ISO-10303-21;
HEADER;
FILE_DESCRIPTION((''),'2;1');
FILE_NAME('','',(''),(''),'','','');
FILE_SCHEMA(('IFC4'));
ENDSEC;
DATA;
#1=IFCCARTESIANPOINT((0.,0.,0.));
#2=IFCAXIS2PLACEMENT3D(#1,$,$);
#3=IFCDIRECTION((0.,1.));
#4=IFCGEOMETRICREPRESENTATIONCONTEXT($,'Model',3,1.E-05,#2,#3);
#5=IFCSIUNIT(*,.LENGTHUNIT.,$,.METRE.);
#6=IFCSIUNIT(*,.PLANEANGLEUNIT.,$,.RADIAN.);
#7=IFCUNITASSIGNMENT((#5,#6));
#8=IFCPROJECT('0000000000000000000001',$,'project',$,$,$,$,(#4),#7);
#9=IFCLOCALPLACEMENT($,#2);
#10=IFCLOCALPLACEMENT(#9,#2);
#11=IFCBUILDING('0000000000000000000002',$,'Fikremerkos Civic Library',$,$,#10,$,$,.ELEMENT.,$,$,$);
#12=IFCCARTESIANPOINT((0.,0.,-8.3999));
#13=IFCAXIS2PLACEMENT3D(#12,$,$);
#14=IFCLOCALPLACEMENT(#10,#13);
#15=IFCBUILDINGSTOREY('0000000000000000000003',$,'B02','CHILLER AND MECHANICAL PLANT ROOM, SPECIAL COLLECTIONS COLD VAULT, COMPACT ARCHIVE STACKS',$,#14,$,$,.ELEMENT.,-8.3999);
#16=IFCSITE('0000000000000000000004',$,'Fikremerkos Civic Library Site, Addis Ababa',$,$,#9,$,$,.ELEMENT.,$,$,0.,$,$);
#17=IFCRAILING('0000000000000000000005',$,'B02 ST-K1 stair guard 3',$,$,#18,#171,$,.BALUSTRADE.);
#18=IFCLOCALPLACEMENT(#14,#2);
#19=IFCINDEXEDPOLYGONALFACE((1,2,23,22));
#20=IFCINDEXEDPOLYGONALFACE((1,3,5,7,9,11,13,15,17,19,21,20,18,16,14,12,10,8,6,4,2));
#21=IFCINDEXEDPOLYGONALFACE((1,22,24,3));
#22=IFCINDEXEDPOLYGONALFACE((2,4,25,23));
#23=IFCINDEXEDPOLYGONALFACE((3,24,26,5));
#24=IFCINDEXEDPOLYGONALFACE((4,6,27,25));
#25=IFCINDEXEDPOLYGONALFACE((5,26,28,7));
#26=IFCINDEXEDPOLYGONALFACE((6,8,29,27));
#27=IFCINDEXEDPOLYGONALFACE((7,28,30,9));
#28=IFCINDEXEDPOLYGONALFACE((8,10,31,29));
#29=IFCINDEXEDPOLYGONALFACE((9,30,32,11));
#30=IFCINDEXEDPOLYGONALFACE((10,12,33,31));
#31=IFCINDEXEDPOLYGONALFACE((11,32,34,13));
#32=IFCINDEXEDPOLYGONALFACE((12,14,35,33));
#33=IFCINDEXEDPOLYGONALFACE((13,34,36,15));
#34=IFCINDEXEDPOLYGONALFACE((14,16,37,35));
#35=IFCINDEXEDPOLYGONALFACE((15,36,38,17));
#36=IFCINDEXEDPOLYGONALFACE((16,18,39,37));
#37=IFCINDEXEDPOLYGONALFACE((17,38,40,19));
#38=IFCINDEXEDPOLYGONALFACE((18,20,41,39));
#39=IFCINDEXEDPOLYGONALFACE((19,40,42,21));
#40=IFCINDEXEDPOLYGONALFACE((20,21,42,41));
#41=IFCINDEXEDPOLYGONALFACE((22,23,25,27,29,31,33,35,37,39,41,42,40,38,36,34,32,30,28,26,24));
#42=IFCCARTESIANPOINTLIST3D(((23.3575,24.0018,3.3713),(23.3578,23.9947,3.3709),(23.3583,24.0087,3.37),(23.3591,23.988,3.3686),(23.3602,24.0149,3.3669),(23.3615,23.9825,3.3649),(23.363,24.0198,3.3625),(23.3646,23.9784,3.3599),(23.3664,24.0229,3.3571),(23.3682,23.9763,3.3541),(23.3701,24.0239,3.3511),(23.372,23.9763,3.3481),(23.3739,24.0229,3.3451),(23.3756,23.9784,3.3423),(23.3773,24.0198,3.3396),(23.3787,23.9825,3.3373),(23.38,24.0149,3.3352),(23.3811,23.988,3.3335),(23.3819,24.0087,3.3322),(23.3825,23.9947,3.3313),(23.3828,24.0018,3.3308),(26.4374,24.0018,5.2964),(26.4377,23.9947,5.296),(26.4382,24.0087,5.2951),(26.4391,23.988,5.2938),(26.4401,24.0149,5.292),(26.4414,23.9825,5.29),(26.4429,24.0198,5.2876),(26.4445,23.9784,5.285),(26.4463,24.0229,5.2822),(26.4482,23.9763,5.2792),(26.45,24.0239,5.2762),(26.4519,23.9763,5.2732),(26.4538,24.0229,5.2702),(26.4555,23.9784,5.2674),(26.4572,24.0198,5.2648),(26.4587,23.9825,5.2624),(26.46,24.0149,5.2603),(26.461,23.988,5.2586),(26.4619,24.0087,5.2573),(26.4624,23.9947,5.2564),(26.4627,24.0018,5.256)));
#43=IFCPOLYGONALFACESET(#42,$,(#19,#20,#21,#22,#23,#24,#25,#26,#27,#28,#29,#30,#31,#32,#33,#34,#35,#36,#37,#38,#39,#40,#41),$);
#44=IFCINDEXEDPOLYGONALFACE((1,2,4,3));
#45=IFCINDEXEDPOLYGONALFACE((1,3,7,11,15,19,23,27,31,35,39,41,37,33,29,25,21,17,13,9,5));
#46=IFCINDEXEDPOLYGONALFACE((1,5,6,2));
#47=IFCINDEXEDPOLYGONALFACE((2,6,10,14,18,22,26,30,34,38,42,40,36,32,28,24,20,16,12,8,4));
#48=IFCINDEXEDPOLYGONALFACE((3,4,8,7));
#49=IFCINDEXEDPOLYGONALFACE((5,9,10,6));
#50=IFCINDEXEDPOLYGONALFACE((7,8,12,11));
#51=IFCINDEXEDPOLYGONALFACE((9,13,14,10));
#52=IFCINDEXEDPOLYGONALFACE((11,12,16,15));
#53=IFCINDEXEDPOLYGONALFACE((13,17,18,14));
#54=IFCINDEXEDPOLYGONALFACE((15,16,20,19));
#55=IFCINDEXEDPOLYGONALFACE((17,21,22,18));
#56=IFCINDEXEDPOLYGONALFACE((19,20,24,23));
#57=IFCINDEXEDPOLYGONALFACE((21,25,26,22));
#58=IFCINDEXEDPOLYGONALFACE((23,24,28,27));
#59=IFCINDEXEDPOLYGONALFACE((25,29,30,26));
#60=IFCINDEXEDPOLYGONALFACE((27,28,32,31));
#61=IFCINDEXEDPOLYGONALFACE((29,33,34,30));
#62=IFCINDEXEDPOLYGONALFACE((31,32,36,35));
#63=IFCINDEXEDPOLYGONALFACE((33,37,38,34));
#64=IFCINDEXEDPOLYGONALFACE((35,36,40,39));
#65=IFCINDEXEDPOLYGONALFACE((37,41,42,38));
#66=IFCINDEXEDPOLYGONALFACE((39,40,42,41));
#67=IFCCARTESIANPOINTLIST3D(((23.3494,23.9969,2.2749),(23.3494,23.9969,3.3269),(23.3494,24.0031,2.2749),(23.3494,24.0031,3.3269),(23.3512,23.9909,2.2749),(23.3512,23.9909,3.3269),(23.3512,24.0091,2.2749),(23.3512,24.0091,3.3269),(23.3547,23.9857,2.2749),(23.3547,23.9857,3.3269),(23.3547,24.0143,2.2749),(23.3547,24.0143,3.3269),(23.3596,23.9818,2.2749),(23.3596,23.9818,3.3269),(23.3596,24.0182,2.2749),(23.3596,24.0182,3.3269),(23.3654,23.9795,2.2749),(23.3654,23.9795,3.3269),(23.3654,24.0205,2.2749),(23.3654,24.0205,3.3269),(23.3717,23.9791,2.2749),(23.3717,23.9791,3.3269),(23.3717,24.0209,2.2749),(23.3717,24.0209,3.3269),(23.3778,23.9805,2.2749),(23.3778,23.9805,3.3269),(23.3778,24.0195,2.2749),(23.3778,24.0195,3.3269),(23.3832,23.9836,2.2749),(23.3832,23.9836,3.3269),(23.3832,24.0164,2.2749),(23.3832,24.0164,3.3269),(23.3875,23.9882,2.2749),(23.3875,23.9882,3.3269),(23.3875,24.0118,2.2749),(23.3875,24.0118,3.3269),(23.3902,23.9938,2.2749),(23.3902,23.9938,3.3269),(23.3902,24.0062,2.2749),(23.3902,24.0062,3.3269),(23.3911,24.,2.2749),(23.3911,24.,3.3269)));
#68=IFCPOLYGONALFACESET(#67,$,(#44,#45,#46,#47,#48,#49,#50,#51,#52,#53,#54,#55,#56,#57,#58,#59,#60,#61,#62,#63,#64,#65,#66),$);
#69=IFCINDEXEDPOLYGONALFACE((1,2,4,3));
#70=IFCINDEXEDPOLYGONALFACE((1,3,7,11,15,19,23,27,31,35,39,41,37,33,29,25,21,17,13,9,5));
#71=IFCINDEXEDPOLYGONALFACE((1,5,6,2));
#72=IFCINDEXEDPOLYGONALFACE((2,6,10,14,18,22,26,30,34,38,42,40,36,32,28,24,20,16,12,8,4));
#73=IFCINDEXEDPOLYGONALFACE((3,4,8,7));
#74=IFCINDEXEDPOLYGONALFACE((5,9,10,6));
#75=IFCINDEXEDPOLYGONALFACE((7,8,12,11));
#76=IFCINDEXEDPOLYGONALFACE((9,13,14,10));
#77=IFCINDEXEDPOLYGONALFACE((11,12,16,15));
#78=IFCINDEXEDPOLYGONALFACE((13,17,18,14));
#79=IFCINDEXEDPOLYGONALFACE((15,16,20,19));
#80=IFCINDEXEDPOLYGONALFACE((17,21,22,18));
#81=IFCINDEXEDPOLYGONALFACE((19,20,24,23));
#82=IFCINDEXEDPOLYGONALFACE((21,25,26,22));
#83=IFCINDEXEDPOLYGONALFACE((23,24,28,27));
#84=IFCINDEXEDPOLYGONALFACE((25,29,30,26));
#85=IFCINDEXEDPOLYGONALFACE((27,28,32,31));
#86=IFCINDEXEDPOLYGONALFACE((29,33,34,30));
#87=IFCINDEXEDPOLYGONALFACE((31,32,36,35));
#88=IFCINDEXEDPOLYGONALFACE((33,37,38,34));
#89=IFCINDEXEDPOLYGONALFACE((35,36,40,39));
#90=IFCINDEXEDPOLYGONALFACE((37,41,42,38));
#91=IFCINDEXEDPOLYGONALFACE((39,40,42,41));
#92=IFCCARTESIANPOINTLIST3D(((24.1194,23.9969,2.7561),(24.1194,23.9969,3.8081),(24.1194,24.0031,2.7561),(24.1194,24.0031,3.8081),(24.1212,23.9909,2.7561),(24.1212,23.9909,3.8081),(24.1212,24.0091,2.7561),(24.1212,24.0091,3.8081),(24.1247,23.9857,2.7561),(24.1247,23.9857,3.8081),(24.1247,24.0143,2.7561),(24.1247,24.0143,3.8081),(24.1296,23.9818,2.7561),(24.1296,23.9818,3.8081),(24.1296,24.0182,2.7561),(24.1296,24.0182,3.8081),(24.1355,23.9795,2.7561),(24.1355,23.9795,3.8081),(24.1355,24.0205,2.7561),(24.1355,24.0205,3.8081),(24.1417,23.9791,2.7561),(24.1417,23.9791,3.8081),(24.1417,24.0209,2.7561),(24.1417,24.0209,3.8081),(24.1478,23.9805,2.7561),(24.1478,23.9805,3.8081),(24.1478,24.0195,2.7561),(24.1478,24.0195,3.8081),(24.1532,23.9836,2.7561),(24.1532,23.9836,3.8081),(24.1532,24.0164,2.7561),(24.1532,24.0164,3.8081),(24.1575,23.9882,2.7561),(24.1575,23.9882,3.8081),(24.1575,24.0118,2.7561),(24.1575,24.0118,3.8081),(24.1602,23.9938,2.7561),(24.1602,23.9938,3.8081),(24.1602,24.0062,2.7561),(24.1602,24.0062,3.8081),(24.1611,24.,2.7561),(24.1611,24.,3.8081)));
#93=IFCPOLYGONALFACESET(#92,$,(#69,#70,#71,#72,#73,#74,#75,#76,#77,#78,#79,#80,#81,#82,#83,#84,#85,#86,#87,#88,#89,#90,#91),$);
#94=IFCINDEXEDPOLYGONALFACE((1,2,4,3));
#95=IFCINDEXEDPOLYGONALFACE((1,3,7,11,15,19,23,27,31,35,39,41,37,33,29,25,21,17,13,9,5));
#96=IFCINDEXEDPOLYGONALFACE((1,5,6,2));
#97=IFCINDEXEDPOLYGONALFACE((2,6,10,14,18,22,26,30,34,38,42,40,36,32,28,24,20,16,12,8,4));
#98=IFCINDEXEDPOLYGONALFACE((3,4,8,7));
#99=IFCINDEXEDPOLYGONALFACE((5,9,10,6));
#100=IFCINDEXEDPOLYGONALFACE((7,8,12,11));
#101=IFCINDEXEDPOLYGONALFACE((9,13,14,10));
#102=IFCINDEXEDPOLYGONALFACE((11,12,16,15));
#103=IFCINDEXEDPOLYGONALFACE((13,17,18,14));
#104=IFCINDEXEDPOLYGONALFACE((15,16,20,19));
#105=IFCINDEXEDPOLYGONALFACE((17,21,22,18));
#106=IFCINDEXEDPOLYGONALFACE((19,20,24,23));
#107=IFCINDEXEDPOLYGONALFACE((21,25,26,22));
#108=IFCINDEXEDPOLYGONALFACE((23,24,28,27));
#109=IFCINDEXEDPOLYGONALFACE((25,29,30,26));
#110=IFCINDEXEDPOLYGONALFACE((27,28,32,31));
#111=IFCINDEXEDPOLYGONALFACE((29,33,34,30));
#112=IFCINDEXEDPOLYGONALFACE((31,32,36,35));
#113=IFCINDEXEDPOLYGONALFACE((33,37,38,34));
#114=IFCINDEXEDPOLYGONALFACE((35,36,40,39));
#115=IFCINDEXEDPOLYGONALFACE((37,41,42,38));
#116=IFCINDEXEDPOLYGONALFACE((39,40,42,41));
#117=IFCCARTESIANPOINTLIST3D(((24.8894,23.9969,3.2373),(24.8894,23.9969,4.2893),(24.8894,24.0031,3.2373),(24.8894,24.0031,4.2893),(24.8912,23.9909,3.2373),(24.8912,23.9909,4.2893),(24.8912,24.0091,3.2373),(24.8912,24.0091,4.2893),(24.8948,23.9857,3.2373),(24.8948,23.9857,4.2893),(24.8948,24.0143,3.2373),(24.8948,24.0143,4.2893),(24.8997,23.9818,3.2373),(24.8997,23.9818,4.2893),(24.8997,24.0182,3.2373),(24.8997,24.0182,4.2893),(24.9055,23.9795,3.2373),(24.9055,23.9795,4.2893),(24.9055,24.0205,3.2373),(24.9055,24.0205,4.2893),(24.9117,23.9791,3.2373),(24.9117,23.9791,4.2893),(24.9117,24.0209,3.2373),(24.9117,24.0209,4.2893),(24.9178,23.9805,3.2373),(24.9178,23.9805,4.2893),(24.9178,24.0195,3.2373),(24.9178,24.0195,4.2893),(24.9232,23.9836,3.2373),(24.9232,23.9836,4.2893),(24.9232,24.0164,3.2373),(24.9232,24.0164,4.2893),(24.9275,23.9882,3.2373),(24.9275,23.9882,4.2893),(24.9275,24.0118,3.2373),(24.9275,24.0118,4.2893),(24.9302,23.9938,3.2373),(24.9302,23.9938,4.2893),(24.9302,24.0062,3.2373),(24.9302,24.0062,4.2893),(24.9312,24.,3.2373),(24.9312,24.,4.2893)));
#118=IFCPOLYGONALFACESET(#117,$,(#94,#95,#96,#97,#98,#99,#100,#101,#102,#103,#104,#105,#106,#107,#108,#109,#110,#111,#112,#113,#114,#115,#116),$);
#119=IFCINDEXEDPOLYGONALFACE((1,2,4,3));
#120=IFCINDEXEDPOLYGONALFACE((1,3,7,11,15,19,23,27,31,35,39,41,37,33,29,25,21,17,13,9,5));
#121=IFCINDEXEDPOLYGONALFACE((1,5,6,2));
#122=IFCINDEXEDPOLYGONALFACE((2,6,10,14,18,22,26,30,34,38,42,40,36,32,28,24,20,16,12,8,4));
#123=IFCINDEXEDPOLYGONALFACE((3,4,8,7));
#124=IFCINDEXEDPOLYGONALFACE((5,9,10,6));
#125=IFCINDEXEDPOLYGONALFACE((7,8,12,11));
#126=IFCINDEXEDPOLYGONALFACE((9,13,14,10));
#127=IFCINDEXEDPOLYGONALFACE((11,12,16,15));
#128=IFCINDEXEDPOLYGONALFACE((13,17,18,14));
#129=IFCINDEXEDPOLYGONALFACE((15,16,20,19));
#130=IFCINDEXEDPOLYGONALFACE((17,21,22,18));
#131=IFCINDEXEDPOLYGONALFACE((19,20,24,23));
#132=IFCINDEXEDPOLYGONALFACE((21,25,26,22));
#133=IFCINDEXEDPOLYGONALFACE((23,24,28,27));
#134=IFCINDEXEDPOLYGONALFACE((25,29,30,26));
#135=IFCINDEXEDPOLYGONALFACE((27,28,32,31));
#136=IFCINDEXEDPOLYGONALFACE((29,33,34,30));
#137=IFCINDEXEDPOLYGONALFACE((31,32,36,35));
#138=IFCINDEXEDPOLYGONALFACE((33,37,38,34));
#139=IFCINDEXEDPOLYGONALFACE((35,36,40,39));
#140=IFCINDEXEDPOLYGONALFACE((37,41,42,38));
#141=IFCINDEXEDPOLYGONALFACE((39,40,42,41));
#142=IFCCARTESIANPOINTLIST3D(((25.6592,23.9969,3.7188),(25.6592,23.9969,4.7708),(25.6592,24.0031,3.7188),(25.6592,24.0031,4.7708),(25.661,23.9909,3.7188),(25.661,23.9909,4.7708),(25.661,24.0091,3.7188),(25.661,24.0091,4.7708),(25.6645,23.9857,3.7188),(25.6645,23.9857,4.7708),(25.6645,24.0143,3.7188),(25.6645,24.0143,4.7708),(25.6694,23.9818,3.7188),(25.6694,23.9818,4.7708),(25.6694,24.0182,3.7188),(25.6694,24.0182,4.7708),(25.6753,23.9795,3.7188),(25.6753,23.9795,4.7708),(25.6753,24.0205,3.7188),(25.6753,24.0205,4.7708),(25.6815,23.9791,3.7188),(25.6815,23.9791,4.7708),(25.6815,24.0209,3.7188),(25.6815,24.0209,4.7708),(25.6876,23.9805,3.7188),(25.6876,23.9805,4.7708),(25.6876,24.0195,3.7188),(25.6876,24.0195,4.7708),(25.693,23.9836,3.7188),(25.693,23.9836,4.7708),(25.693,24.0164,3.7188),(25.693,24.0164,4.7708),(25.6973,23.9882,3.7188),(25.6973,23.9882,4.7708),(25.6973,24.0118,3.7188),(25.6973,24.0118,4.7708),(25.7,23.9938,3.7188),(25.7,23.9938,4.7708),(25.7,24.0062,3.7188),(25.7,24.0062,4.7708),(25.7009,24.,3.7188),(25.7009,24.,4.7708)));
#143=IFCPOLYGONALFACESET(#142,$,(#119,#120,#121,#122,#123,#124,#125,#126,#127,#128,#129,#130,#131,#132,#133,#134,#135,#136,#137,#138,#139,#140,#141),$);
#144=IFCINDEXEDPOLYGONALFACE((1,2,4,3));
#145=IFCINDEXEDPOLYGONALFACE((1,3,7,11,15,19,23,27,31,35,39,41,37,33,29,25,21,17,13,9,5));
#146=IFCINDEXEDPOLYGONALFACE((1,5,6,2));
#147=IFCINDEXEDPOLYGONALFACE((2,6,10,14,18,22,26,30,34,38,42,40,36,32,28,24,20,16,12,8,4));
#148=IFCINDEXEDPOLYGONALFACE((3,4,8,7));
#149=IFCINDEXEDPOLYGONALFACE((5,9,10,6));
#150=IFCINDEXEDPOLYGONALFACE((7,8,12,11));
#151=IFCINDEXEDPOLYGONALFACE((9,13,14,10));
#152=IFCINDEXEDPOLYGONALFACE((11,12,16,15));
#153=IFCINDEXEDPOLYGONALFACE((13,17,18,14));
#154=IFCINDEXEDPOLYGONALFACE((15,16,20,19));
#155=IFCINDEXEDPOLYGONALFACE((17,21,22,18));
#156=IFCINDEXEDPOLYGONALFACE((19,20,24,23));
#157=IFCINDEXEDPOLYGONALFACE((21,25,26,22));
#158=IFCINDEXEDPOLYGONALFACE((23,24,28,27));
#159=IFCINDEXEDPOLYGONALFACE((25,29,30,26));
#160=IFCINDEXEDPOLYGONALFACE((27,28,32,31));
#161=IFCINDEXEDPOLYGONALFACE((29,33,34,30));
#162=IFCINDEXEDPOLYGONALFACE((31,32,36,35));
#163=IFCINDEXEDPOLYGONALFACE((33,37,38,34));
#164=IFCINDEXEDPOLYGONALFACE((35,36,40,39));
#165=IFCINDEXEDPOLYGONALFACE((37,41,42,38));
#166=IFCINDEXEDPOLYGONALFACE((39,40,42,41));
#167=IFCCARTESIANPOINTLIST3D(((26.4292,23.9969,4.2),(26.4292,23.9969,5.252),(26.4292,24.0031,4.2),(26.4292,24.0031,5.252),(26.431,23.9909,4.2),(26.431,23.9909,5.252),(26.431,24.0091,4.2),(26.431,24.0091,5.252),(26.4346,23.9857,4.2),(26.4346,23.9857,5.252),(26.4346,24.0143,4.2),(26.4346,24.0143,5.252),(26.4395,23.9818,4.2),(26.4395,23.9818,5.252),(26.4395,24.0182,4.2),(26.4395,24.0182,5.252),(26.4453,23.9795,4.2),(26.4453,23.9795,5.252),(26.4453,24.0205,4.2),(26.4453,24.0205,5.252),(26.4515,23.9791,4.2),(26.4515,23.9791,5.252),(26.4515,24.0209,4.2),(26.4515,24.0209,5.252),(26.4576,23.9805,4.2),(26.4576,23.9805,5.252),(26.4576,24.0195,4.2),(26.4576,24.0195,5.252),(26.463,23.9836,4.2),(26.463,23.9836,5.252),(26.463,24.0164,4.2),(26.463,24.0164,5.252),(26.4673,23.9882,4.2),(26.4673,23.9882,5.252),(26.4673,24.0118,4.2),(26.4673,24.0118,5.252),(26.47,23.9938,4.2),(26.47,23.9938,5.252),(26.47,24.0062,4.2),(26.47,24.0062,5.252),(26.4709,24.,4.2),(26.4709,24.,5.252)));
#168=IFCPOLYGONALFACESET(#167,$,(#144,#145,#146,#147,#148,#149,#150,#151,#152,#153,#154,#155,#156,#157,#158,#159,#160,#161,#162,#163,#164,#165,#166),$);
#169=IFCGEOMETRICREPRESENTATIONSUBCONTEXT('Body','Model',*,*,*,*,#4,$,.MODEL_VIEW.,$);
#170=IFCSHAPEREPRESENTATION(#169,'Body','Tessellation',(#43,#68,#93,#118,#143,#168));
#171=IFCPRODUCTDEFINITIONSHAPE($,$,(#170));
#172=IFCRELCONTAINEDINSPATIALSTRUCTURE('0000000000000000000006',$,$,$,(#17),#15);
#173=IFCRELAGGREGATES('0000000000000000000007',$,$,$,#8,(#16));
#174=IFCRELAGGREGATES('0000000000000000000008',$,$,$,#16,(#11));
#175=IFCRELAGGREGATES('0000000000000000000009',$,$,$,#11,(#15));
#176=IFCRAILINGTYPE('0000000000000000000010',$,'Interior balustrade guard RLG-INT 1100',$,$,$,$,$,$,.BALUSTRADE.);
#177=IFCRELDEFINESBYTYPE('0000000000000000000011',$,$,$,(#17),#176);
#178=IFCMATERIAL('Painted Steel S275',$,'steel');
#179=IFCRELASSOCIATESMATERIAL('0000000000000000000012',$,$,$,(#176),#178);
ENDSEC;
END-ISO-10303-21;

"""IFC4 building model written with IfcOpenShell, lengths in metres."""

from ifc_helpers import new_model, si_unit, direction, frame, origin, origin_2d, place, context, subcontext, project, spatial, circle, extrude, material, type_object, element, save


model = new_model("IFC4")

# Units and contexts
model_context = context("Model", 3, precision=1e-05, world=origin(), true_north=direction((0.0, 1.0)))
body_context = subcontext(model_context, "Body", "Model", "MODEL_VIEW")
ifc_project = project(units=[si_unit("LENGTHUNIT", "METRE"), si_unit("PLANEANGLEUNIT", "RADIAN")], contexts=[model_context])

# Site, building, storey
site_placement = place(None, origin())
site = spatial("IfcSite", under=ifc_project, at=site_placement, Name="Fikremerkos Civic Library Site, Addis Ababa", CompositionType="ELEMENT", RefElevation=0.0)
building_placement = place(site_placement, origin())
building = spatial("IfcBuilding", under=site, at=building_placement, Name="Fikremerkos Civic Library", CompositionType="ELEMENT")
storey_placement = place(building_placement, frame((0.0, 0.0, -8.3999)))
storey = spatial("IfcBuildingStorey", under=building, at=storey_placement, Name="B02", Description="CHILLER AND MECHANICAL PLANT ROOM, SPECIAL COLLECTIONS COLD VAULT, COMPACT ARCHIVE STACKS", CompositionType="ELEMENT", Elevation=-8.3999)

# Railing
ifc_material_1 = material(Name="Painted Steel S275", Category="steel")
railing_type_1 = type_object("IfcRailingType", Name="Interior balustrade guard RLG-INT 1100", PredefinedType="BALUSTRADE", material=ifc_material_1)
railing_1_placement = place(storey_placement, frame((23.3701, 24.0, 2.2749)))
element("IfcRailing", 1, at=railing_1_placement, inside=storey, type_object=railing_type_1, Name="B02 ST-K1 stair guard 3", PredefinedType="BALUSTRADE", context=body_context, shape_type="SweptSolid", body=[
    extrude(circle(Radius=0.0239, at=origin_2d()), frame((0.0, 0.0, 1.0762), z_axis=(0.847979, 0.0, 0.530029), x_axis=(0.0, 1.0, 0.0)), (0.0, 0.0, 1.0), 3.6321),
    extrude(circle(Radius=0.021, at=origin_2d()), origin(), (0.0, 0.0, 1.0), 1.052),
    extrude(circle(Radius=0.021, at=origin_2d()), frame((0.77, 0.0, 0.4812)), (0.0, 0.0, 1.0), 1.052),
    extrude(circle(Radius=0.021, at=origin_2d()), frame((1.54, 0.0, 0.9624)), (0.0, 0.0, 1.0), 1.052),
    extrude(circle(Radius=0.021, at=origin_2d()), frame((2.3098, 0.0, 1.4438)), (0.0, 0.0, 1.0), 1.052),
    extrude(circle(Radius=0.021, at=origin_2d()), frame((3.0798, 0.0, 1.925)), (0.0, 0.0, 1.0), 1.052),
])

save(model, "model.ifc")
